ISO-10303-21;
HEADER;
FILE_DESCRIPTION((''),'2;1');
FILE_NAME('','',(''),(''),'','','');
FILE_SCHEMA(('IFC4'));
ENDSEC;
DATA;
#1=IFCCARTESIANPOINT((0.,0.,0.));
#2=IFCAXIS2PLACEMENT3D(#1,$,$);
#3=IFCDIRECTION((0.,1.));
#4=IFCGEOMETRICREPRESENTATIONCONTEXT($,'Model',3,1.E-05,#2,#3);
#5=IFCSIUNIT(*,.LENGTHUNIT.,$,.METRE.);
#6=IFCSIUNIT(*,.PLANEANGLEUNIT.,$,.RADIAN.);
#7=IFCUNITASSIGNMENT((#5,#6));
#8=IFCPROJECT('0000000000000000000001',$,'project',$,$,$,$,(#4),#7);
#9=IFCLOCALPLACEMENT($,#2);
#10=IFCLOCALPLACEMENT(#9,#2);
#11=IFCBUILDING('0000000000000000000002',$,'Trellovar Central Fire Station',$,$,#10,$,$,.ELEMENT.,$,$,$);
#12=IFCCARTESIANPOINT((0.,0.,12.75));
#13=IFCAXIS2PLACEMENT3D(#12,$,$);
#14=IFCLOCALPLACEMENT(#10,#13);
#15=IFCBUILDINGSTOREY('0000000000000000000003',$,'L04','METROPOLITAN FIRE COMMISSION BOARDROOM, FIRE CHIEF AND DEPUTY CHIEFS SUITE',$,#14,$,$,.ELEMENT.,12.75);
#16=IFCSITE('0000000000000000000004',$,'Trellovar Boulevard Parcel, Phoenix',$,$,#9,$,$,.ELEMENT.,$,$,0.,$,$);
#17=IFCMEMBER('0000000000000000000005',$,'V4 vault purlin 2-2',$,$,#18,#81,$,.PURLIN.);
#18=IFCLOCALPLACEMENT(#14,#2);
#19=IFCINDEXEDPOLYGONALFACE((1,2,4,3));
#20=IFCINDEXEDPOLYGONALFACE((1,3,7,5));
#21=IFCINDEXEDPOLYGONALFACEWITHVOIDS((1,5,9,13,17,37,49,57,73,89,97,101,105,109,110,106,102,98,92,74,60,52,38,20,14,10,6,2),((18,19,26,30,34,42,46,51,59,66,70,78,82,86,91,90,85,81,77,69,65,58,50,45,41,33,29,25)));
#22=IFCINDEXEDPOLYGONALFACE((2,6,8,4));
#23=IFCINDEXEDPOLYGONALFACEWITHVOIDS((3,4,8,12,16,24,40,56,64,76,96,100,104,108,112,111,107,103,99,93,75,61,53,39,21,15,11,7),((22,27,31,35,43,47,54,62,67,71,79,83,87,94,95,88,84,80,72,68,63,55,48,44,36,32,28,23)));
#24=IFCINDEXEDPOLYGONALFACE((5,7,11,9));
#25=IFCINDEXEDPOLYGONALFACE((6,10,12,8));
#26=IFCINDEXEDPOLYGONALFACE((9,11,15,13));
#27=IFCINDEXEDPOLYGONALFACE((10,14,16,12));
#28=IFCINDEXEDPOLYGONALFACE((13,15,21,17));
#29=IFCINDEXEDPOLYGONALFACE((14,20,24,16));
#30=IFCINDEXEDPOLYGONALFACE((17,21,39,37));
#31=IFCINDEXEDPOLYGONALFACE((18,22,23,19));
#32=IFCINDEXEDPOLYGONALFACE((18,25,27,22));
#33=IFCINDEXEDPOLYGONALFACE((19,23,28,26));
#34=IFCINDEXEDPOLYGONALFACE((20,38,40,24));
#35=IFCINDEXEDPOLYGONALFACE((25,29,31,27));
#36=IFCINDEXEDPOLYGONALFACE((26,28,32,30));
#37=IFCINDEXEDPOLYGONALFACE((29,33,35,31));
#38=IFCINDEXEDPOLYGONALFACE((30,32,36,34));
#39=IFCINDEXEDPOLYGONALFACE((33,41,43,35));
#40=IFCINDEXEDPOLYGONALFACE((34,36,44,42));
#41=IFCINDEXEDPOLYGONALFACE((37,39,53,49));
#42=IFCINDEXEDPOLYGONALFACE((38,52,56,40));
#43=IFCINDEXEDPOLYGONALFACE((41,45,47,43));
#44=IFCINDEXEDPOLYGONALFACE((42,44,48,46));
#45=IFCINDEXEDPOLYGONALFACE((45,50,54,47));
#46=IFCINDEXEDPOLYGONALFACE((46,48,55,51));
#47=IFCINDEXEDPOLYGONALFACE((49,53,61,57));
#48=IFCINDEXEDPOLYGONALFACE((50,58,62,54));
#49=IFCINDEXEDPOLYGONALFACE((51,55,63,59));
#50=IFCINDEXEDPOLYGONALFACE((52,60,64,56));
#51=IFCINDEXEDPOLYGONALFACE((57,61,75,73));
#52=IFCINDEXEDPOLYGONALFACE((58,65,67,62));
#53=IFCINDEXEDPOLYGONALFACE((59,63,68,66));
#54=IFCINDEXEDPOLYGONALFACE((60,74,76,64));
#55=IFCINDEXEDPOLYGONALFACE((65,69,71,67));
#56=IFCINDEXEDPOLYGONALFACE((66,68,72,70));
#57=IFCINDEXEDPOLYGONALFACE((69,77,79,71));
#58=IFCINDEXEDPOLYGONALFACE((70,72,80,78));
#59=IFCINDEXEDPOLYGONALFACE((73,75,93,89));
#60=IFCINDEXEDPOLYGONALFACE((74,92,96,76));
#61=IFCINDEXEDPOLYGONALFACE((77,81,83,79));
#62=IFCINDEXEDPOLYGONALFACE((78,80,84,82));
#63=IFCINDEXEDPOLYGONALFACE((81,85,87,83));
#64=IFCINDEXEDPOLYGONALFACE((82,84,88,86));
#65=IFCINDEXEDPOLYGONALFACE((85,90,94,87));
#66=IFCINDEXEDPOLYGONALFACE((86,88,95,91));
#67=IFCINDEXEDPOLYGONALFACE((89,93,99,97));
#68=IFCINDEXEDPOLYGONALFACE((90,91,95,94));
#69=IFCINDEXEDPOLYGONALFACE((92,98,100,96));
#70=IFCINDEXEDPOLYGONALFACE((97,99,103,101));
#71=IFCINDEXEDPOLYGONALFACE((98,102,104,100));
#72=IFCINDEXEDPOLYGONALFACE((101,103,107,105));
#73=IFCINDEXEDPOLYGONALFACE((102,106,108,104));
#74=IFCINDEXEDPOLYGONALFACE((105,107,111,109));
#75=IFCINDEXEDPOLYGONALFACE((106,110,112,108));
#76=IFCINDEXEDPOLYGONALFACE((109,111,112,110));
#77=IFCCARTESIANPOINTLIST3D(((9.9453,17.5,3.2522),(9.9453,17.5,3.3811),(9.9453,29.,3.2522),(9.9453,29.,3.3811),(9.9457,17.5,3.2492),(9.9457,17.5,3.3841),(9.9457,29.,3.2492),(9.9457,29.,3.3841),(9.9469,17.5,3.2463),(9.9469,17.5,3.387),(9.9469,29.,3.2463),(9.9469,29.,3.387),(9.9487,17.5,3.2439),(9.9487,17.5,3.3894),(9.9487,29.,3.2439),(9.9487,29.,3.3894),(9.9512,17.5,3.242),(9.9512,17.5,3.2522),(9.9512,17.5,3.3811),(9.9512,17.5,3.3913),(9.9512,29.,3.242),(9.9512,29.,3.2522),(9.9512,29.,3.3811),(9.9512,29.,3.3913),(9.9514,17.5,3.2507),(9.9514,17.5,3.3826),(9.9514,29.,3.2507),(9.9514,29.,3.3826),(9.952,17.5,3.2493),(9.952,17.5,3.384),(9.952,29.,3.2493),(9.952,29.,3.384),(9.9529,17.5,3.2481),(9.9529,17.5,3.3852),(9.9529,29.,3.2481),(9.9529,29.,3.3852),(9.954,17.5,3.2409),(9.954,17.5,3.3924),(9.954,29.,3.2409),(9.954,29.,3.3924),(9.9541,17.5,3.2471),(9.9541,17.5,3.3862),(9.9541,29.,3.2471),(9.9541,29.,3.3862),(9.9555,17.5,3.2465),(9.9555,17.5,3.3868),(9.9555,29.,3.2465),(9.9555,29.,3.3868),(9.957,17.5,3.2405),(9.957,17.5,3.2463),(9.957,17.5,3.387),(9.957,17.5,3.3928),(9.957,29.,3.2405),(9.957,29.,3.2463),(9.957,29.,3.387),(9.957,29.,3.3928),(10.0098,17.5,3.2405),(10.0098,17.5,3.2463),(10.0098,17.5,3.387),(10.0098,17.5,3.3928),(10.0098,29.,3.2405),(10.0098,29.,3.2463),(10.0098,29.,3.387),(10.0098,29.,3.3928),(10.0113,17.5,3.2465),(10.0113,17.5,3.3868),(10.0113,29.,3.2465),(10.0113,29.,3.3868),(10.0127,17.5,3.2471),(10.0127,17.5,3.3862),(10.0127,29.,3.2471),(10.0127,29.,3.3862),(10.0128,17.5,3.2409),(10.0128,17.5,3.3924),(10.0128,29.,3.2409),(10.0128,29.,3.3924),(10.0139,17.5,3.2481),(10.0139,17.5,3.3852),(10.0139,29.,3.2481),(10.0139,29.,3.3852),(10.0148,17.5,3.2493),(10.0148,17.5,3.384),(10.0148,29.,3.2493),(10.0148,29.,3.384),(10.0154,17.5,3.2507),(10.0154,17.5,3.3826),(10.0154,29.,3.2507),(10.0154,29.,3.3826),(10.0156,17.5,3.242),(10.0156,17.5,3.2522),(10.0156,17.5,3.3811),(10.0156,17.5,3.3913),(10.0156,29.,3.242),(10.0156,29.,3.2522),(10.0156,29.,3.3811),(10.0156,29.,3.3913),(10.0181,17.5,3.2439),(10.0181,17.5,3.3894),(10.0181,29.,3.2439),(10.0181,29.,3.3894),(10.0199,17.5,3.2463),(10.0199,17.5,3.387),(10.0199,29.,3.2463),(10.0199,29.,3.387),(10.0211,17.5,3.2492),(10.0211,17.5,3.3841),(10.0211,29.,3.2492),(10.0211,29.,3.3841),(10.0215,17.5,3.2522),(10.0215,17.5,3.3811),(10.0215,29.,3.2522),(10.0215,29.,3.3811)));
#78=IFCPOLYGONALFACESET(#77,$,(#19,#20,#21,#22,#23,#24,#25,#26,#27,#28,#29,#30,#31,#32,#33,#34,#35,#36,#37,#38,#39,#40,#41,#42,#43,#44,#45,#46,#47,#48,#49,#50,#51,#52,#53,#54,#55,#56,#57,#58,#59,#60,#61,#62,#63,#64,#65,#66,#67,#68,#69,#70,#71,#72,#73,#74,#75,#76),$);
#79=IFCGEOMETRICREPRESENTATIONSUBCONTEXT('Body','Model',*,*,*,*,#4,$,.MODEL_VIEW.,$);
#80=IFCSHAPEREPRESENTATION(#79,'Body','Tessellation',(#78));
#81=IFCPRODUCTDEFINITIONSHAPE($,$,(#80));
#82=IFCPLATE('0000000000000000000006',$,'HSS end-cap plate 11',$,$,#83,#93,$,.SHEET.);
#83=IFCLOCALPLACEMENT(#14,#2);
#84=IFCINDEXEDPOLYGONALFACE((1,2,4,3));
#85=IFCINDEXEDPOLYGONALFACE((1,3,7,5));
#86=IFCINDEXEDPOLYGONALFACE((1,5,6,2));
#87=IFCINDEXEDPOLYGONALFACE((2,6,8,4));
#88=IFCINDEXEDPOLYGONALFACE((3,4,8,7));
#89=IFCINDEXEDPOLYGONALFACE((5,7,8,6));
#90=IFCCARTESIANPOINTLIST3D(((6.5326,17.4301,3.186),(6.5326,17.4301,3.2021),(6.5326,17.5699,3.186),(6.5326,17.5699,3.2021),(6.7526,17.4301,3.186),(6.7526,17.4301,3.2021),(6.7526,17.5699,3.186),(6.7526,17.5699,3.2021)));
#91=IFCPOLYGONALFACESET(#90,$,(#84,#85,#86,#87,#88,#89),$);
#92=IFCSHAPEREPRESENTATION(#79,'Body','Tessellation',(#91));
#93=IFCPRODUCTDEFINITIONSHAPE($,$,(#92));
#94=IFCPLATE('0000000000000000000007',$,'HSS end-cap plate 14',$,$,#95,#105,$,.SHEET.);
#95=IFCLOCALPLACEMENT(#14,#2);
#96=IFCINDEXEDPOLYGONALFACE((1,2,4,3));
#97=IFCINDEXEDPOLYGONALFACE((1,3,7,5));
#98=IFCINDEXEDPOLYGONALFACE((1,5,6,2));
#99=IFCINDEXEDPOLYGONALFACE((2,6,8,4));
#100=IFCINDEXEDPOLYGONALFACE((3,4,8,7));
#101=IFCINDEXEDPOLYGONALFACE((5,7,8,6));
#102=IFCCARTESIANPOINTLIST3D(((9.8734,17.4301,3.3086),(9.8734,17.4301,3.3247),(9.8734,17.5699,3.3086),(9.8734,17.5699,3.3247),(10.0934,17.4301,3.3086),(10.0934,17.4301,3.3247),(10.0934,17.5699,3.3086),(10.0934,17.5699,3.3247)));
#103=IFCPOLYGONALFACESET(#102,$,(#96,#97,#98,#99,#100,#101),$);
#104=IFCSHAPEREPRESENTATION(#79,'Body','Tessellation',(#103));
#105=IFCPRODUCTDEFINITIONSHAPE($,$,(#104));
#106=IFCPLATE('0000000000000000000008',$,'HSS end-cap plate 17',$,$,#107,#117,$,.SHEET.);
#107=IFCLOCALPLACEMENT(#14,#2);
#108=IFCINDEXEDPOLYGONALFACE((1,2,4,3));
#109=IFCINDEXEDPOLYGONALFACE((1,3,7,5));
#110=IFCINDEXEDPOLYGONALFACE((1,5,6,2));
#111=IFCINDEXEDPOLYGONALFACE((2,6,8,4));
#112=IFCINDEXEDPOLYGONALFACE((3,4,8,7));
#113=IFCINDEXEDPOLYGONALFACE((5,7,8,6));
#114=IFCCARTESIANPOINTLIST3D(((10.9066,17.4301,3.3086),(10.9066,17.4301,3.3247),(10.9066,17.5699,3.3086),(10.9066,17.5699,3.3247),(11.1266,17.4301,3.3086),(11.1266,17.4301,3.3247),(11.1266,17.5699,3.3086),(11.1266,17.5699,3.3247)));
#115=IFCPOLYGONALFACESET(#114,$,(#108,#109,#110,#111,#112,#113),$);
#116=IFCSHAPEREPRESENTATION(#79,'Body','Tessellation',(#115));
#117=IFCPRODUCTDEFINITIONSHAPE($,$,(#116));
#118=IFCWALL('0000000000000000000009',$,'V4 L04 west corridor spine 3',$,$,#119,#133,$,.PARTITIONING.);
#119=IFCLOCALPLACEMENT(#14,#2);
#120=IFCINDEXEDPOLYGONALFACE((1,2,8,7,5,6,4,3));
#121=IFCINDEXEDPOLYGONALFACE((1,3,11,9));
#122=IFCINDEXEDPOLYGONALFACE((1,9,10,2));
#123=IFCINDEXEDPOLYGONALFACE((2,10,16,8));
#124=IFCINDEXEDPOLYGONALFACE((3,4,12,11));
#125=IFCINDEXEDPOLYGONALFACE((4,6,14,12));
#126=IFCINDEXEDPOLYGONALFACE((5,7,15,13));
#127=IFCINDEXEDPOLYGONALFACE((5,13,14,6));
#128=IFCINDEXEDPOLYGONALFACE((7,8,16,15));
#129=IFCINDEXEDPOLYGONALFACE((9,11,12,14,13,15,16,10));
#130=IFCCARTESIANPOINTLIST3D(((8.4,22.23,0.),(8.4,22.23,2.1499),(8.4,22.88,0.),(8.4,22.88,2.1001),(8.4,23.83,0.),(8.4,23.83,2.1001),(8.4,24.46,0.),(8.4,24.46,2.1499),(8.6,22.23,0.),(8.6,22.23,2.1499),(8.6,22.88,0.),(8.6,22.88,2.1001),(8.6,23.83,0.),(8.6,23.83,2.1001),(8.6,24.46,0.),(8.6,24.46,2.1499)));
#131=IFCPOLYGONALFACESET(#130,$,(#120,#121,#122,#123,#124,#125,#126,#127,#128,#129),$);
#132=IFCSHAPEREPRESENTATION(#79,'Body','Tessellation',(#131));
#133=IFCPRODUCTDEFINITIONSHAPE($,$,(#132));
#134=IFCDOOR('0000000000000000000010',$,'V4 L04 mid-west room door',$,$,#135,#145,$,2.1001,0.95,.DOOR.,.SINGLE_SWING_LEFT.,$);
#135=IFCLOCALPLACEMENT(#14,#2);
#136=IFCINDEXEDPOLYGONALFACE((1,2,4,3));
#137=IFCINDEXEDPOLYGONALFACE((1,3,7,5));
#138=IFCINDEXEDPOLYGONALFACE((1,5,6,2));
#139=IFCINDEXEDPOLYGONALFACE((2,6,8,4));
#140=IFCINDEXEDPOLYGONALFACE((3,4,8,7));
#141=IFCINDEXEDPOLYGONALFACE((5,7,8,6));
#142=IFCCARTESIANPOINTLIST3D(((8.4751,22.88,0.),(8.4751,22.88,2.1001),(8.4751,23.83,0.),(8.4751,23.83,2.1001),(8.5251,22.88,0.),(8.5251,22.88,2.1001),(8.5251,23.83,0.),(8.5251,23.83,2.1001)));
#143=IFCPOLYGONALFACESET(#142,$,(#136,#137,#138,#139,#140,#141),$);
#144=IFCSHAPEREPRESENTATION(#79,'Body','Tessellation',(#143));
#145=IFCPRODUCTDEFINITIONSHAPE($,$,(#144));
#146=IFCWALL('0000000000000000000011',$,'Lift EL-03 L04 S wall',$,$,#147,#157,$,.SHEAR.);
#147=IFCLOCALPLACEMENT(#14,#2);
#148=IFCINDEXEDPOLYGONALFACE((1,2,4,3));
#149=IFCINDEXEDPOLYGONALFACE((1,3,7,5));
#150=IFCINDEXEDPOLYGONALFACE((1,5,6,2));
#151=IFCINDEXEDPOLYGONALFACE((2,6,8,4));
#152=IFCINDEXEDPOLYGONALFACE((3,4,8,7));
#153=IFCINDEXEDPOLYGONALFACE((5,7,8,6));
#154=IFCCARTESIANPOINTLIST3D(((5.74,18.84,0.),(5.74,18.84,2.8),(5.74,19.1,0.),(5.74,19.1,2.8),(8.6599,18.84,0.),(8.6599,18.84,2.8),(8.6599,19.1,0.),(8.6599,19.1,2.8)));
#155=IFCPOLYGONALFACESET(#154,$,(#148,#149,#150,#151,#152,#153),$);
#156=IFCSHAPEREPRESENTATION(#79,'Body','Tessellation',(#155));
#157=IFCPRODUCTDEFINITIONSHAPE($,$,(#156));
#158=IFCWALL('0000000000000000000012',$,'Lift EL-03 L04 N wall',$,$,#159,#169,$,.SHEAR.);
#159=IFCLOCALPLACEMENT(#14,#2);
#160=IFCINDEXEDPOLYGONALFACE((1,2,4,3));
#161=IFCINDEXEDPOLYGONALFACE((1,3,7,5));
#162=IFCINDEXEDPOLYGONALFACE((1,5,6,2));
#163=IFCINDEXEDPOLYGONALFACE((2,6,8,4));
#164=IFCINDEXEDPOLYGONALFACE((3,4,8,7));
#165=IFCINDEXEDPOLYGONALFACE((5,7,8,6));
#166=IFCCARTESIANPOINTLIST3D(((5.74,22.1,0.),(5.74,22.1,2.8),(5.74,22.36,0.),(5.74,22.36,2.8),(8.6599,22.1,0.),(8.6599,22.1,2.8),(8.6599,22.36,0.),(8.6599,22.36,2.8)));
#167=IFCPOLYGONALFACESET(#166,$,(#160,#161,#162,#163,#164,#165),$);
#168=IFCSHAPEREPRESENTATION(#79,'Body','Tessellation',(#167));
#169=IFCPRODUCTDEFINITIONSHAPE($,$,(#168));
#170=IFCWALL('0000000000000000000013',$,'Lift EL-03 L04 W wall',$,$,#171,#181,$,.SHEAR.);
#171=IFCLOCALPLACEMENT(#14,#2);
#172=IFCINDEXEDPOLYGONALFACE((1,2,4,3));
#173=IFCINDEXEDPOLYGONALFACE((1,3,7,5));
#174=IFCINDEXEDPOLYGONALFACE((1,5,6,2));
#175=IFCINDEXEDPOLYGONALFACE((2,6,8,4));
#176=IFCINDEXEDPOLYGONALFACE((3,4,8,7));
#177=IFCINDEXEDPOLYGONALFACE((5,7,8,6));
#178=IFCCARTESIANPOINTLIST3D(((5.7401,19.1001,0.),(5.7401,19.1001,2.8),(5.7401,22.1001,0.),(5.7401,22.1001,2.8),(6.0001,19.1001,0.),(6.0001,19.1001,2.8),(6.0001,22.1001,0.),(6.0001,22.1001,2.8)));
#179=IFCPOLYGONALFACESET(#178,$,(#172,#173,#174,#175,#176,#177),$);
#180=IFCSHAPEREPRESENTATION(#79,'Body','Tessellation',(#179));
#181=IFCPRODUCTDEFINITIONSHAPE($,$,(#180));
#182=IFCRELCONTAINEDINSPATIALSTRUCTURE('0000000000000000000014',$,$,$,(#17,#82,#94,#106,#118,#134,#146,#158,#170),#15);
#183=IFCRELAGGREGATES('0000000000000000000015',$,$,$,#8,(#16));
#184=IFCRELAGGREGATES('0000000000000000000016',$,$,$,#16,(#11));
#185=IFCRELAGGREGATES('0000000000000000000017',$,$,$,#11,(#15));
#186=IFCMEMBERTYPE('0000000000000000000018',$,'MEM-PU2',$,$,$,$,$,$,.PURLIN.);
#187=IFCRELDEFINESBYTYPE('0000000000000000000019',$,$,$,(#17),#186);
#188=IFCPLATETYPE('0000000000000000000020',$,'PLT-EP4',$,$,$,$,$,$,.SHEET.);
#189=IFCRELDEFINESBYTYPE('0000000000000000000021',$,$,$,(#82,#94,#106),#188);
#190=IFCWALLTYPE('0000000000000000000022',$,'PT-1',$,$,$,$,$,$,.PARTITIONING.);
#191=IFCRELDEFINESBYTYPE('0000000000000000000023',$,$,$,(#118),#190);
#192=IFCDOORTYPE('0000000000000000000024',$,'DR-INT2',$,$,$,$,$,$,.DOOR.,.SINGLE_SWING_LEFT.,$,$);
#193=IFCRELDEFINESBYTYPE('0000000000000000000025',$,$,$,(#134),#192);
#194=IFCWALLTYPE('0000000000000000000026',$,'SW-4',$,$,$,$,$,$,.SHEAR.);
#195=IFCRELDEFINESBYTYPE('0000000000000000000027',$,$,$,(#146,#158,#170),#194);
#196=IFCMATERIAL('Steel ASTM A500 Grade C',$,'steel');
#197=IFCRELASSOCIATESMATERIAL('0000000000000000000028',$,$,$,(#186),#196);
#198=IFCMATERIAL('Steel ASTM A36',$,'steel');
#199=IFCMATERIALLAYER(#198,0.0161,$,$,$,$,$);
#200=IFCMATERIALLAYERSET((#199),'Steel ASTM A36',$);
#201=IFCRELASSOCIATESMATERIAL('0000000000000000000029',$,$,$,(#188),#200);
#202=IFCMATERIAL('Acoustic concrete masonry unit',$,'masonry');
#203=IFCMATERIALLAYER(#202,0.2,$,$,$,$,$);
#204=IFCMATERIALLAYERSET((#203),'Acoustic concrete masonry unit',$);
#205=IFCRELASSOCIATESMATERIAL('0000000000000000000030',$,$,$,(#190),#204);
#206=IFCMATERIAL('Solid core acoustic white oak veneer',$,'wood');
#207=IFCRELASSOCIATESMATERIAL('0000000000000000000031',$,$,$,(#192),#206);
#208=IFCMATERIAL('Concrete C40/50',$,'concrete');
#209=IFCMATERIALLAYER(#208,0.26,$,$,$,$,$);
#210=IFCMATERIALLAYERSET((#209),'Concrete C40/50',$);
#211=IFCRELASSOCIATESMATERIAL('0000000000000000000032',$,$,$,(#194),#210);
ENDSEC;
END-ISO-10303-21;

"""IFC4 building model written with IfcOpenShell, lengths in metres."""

from ifc_helpers import new_model, si_unit, direction, frame, frame_2d, origin, origin_2d, place, context, subcontext, project, spatial, rectangle, hollow_rectangle, extrude, material, layer, layer_set, material_profile, profile_set, type_object, element, fill, save


model = new_model("IFC4")

# Units and contexts
model_context = context("Model", 3, precision=1e-05, world=origin(), true_north=direction((0.0, 1.0)))
body_context = subcontext(model_context, "Body", "Model", "MODEL_VIEW")
ifc_project = project(units=[si_unit("LENGTHUNIT", "METRE"), si_unit("PLANEANGLEUNIT", "RADIAN")], contexts=[model_context])

# Site, building, storey
site_placement = place(None, origin())
site = spatial("IfcSite", under=ifc_project, at=site_placement, Name="Trellovar Boulevard Parcel, Phoenix", CompositionType="ELEMENT", RefElevation=0.0)
building_placement = place(site_placement, origin())
building = spatial("IfcBuilding", under=site, at=building_placement, Name="Trellovar Central Fire Station", CompositionType="ELEMENT")
storey_placement = place(building_placement, frame((0.0, 0.0, 12.75)))
storey = spatial("IfcBuildingStorey", under=building, at=storey_placement, Name="L04", Description="METROPOLITAN FIRE COMMISSION BOARDROOM, FIRE CHIEF AND DEPUTY CHIEFS SUITE", CompositionType="ELEMENT", Elevation=12.75)

# Member
ifc_material_1 = material(Name="Steel ASTM A500 Grade C", Category="steel")
ifc_material_profile_1 = material_profile(ifc_material_1, hollow_rectangle(XDim=0.0762, YDim=0.1523, WallThickness=0.0059, InnerFilletRadius=0.0059, OuterFilletRadius=0.0117, at=origin_2d()), Name="HSS6X3X1/4")
ifc_profile_set_1 = profile_set([ifc_material_profile_1], Name="Steel ASTM A500 Grade C")
member_type_1 = type_object("IfcMemberType", Name="MEM-PU2", PredefinedType="PURLIN", material=ifc_profile_set_1)
for number, where, z_axis, x_axis, name in (
    (1, (9.9834, 17.5, 3.3167), (0.0, 1.0, 0.0), (-1.0, 0.0, 0.0), "V4 vault purlin 2-2"),
):
    element("IfcMember", number, at=place(storey_placement, frame(where, z_axis=z_axis, x_axis=x_axis)), inside=storey, type_object=member_type_1, Name=name, PredefinedType="PURLIN", context=body_context, shape_type="SweptSolid", body=[
        extrude(hollow_rectangle(XDim=0.0762, YDim=0.1523, WallThickness=0.0059, InnerFilletRadius=0.0059, OuterFilletRadius=0.0117, at=origin_2d()), origin(), (0.0, 0.0, 1.0), 11.5),
    ])

# Plates
ifc_material_2 = material(Name="Steel ASTM A36", Category="steel")
ifc_layer_1 = layer(ifc_material_2, 0.0161)
ifc_layer_set_1 = layer_set([ifc_layer_1], Name="Steel ASTM A36")
plate_type = type_object("IfcPlateType", Name="PLT-EP4", PredefinedType="SHEET", material=ifc_layer_set_1)
for number, where, z_axis, x_axis, name in (
    (2, (6.6426, 17.5, 3.186), (0.0, 0.0, 1.0), (1.0, 0.0, 0.0), "HSS end-cap plate 11"),
    (3, (9.9834, 17.5, 3.3086), (0.0, 0.0, 1.0), (1.0, 0.0, 0.0), "HSS end-cap plate 14"),
    (4, (11.0166, 17.5, 3.3086), (0.0, 0.0, 1.0), (1.0, 0.0, 0.0), "HSS end-cap plate 17"),
):
    element("IfcPlate", number, at=place(storey_placement, frame(where, z_axis=z_axis, x_axis=x_axis)), inside=storey, type_object=plate_type, Name=name, PredefinedType="SHEET", context=body_context, shape_type="SweptSolid", body=[
        extrude(rectangle(XDim=0.22, YDim=0.1399, at=origin_2d()), origin(), (0.0, 0.0, 1.0), 0.0161),
    ])

# Wall, opening, door
ifc_material_3 = material(Name="Acoustic concrete masonry unit", Category="masonry")
ifc_layer_2 = layer(ifc_material_3, 0.2)
ifc_layer_set_2 = layer_set([ifc_layer_2], Name="Acoustic concrete masonry unit")
wall_type_1 = type_object("IfcWallType", Name="PT-1", PredefinedType="PARTITIONING", material=ifc_layer_set_2)
wall_1_placement = place(storey_placement, frame((8.5, 22.23, 0.0), z_axis=(0.0, 0.0, 1.0), x_axis=(0.0, 1.0, 0.0)))
wall_1 = element("IfcWall", 5, at=wall_1_placement, inside=storey, type_object=wall_type_1, Name="V4 L04 west corridor spine 3", PredefinedType="PARTITIONING", context=body_context, shape_type="SweptSolid", body=[
    extrude(rectangle(XDim=2.23, YDim=0.2, at=frame_2d((1.115, 0.0))), origin(), (0.0, 0.0, 1.0), 2.1499),
])
opening_1_placement = place(wall_1_placement, frame((0.6499, 0.0, 0.0)))
opening_1 = element("IfcOpeningElement", 6, at=opening_1_placement, cuts=wall_1, PredefinedType="OPENING", context=body_context, shape_type="SweptSolid", body=[
    extrude(rectangle(XDim=0.95, YDim=2.1001, at=frame_2d((0.4751, 1.05))), frame((0.0, 0.1099, 0.0), z_axis=(0.0, -1.0, 0.0), x_axis=(1.0, 0.0, 0.0)), (0.0, 0.0, 1.0), 0.22),
])
ifc_material_4 = material(Name="Solid core acoustic white oak veneer", Category="wood")
door_type_1 = type_object("IfcDoorType", Name="DR-INT2", OperationType="SINGLE_SWING_LEFT", PredefinedType="DOOR", material=ifc_material_4)
door_1_placement = place(opening_1_placement, origin())
door_1 = element("IfcDoor", 7, at=door_1_placement, inside=storey, type_object=door_type_1, Name="V4 L04 mid-west room door", OperationType="SINGLE_SWING_LEFT", OverallHeight=2.1001, OverallWidth=0.95, PredefinedType="DOOR", context=body_context, shape_type="SweptSolid", body=[
    extrude(rectangle(XDim=0.95, YDim=2.1001, at=frame_2d((0.4751, 1.05))), frame((0.0, 0.0249, 0.0), z_axis=(0.0, -1.0, 0.0), x_axis=(1.0, 0.0, 0.0)), (0.0, 0.0, 1.0), 0.05),
])
fill(opening_1, door_1)

# Walls
ifc_material_5 = material(Name="Concrete C40/50", Category="concrete")
ifc_layer_3 = layer(ifc_material_5, 0.26)
ifc_layer_set_3 = layer_set([ifc_layer_3], Name="Concrete C40/50")
wall_type_2 = type_object("IfcWallType", Name="SW-4", PredefinedType="SHEAR", material=ifc_layer_set_3)
for number, where, z_axis, x_axis, name in (
    (8, (5.74, 18.97, 0.0), (0.0, 0.0, 1.0), (1.0, 0.0, 0.0), "Lift EL-03 L04 S wall"),
    (9, (8.6599, 22.23, 0.0), (0.0, 0.0, 1.0), (-1.0, 0.0, 0.0), "Lift EL-03 L04 N wall"),
):
    element("IfcWall", number, at=place(storey_placement, frame(where, z_axis=z_axis, x_axis=x_axis)), inside=storey, type_object=wall_type_2, Name=name, PredefinedType="SHEAR", context=body_context, shape_type="SweptSolid", body=[
        extrude(rectangle(XDim=2.9199, YDim=0.26, at=frame_2d((1.46, 0.0))), origin(), (0.0, 0.0, 1.0), 2.8),
    ])
wall_2_placement = place(storey_placement, frame((5.8701, 22.1001, 0.0), z_axis=(0.0, 0.0, 1.0), x_axis=(0.0, -1.0, 0.0)))
element("IfcWall", 10, at=wall_2_placement, inside=storey, type_object=wall_type_2, Name="Lift EL-03 L04 W wall", PredefinedType="SHEAR", context=body_context, shape_type="SweptSolid", body=[
    extrude(rectangle(XDim=3.0, YDim=0.26, at=frame_2d((1.5, 0.0))), origin(), (0.0, 0.0, 1.0), 2.8),
])

save(model, "model.ifc")
